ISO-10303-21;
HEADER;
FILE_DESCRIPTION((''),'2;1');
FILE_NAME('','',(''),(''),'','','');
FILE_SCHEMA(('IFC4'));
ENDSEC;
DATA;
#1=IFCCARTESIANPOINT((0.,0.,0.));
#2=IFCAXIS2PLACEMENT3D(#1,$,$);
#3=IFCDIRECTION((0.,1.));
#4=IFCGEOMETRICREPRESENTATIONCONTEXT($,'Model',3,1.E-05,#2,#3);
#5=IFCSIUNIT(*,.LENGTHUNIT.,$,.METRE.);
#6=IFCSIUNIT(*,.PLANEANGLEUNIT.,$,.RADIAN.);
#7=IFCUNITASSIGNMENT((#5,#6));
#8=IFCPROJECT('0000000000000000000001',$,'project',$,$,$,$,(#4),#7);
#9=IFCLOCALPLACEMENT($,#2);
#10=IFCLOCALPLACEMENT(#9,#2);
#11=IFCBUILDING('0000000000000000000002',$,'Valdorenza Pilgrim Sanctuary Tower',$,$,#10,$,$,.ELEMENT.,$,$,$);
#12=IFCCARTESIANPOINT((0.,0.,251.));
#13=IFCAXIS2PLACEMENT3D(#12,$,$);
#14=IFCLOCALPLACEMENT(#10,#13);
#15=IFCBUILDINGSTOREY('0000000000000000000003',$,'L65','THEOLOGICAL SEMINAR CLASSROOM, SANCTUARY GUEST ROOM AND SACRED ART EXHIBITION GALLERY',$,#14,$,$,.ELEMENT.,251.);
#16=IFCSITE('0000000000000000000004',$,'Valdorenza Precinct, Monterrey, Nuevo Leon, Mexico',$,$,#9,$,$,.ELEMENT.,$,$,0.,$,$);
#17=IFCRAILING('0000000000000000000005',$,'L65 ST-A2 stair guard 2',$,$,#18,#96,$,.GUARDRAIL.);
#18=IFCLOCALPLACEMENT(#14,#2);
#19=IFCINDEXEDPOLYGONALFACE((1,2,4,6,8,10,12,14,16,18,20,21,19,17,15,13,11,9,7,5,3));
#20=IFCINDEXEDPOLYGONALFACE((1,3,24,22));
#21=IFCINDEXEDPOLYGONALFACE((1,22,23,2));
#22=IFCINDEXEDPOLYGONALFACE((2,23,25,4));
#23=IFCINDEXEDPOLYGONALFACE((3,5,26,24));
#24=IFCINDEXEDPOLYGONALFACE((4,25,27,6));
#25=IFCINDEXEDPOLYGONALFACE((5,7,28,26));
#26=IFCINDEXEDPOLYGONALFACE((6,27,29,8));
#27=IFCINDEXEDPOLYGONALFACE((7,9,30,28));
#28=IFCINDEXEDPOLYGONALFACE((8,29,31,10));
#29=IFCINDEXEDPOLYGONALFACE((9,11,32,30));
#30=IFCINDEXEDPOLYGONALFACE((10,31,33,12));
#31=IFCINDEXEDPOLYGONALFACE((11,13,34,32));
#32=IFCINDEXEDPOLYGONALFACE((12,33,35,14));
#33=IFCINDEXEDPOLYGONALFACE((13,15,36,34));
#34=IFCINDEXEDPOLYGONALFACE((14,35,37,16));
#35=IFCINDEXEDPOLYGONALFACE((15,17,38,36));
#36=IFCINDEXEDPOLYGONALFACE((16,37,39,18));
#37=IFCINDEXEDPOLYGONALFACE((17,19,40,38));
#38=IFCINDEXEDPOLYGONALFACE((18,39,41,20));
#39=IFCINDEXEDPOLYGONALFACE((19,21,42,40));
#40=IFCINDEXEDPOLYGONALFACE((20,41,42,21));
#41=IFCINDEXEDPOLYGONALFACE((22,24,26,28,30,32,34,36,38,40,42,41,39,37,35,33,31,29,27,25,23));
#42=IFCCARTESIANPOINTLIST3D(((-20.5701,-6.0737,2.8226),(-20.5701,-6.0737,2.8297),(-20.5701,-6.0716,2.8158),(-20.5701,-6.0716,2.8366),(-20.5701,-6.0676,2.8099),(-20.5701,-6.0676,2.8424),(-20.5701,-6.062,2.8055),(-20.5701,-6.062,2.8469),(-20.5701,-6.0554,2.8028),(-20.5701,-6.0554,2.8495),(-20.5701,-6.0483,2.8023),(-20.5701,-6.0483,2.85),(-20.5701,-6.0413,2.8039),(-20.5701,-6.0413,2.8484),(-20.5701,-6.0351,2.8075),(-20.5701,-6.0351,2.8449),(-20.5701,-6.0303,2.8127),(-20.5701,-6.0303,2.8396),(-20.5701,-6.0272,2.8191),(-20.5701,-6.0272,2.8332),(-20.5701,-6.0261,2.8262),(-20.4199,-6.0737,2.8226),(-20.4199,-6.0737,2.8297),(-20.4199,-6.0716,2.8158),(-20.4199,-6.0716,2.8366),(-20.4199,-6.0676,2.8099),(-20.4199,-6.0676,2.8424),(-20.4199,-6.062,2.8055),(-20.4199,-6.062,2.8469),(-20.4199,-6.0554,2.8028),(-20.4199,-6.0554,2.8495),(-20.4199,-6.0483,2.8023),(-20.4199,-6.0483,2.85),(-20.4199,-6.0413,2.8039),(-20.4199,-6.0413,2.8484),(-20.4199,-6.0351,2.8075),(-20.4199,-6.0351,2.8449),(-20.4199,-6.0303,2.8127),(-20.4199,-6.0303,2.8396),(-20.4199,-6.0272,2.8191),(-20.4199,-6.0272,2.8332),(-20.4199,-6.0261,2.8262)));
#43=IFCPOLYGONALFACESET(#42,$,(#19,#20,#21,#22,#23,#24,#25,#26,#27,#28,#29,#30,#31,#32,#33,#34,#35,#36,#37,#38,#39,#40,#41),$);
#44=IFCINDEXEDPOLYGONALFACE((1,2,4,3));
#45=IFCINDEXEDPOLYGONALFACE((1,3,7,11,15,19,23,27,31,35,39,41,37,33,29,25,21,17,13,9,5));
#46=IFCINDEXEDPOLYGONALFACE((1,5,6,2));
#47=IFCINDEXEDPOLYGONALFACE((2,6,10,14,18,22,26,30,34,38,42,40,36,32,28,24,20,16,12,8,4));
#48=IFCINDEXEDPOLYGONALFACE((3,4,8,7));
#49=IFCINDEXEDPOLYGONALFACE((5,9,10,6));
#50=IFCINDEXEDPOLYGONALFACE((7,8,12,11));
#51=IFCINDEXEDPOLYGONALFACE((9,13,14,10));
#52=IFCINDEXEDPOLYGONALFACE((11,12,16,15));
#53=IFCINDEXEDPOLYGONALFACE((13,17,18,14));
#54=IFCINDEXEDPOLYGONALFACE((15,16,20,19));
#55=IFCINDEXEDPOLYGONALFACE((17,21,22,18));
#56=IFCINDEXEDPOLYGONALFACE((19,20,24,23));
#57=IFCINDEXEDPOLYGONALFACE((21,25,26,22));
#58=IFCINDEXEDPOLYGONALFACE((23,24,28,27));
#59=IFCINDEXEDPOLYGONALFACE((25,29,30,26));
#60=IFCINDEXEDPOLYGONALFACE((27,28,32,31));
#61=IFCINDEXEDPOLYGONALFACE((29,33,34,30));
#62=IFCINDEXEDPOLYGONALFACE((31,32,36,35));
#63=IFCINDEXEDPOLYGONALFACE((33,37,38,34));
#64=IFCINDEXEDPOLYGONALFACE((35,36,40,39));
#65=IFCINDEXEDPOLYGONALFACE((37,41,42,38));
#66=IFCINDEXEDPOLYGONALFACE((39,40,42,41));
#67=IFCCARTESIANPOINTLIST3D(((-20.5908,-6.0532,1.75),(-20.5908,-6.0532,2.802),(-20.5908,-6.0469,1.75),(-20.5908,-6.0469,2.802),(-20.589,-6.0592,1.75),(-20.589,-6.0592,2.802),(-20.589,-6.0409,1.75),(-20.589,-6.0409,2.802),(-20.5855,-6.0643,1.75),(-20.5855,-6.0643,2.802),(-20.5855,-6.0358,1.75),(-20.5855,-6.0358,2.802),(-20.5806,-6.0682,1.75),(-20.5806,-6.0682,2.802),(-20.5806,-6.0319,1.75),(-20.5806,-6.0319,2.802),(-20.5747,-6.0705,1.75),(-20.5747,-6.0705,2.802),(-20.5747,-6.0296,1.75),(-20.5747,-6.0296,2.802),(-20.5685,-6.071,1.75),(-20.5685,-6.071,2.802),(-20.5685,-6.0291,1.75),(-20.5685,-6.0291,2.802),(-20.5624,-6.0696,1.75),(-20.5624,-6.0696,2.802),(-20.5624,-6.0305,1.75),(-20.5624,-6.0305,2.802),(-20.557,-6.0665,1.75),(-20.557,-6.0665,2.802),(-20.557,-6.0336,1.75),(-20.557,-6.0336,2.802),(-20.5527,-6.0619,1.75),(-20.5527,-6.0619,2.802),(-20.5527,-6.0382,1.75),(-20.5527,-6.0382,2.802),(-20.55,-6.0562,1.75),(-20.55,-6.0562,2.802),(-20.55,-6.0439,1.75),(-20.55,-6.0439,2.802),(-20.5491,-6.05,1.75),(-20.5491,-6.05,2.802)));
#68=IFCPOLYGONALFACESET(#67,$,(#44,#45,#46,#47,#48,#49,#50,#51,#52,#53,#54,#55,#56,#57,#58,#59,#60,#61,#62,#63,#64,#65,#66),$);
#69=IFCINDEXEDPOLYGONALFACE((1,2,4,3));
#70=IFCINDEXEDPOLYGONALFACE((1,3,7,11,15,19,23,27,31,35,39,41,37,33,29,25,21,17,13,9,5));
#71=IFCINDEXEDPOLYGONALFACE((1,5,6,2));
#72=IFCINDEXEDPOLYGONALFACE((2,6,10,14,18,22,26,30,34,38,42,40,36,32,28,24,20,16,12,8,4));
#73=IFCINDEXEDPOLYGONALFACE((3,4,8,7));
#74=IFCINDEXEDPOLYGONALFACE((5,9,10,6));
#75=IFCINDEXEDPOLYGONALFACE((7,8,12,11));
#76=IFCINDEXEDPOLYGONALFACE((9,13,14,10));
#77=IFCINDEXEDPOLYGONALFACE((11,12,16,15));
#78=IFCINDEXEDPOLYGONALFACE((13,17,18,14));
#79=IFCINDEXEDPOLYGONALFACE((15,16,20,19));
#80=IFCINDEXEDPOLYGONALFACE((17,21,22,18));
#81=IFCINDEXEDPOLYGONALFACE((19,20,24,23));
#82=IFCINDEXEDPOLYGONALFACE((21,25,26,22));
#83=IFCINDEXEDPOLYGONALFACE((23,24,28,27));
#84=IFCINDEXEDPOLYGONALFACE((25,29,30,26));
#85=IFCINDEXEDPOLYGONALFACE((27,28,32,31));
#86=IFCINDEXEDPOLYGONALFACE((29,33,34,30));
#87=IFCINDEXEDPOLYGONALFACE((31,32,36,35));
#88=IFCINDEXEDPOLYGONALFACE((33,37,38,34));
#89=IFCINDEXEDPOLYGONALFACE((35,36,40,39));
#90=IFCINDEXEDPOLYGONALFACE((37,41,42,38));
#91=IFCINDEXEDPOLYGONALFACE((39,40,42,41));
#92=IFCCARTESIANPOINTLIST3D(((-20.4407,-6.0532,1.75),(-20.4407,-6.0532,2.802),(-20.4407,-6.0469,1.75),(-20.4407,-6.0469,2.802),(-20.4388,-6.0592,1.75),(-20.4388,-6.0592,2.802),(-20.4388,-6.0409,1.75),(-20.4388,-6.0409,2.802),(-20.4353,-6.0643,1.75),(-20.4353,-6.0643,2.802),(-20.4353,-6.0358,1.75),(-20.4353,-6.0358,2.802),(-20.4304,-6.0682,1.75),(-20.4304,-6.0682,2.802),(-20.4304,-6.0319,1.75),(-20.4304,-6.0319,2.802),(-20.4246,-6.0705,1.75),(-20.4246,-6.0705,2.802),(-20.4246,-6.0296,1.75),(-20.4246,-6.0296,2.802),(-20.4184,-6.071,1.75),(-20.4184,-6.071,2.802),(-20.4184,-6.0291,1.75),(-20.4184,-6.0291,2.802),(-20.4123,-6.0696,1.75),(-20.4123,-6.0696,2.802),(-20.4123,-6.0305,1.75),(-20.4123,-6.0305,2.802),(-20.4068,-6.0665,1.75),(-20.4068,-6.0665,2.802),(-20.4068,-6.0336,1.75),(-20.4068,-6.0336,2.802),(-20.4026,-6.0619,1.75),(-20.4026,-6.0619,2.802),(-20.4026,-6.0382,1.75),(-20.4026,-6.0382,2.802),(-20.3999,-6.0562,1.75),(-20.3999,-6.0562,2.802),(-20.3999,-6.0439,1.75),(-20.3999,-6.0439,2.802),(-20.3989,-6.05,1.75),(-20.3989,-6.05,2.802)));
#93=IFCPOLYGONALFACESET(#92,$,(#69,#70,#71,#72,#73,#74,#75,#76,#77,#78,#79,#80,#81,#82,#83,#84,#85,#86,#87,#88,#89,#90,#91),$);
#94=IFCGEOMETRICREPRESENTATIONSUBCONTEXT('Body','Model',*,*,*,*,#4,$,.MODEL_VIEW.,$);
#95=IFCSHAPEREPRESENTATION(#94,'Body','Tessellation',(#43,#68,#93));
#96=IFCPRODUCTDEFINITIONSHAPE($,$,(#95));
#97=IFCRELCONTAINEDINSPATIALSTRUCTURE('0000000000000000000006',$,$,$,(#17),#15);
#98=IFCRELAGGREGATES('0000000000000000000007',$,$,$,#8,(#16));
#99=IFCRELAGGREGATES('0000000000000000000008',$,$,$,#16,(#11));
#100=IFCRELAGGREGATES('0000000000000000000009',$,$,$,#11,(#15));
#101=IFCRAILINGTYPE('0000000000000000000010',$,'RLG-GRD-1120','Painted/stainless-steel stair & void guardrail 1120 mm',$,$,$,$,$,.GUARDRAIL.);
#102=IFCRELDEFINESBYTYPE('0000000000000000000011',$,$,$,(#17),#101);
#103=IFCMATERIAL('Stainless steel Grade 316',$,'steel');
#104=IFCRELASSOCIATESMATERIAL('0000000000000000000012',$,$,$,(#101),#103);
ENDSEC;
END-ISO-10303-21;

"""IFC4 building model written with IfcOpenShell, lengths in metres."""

from ifc_helpers import new_model, si_unit, direction, frame, origin, origin_2d, place, context, subcontext, project, spatial, circle, extrude, material, type_object, element, save


model = new_model("IFC4")

# Units and contexts
model_context = context("Model", 3, precision=1e-05, world=origin(), true_north=direction((0.0, 1.0)))
body_context = subcontext(model_context, "Body", "Model", "MODEL_VIEW")
ifc_project = project(units=[si_unit("LENGTHUNIT", "METRE"), si_unit("PLANEANGLEUNIT", "RADIAN")], contexts=[model_context])

# Site, building, storey
site_placement = place(None, origin())
site = spatial("IfcSite", under=ifc_project, at=site_placement, Name="Valdorenza Precinct, Monterrey, Nuevo Leon, Mexico", CompositionType="ELEMENT", RefElevation=0.0)
building_placement = place(site_placement, origin())
building = spatial("IfcBuilding", under=site, at=building_placement, Name="Valdorenza Pilgrim Sanctuary Tower", CompositionType="ELEMENT")
storey_placement = place(building_placement, frame((0.0, 0.0, 251.0)))
storey = spatial("IfcBuildingStorey", under=building, at=storey_placement, Name="L65", Description="THEOLOGICAL SEMINAR CLASSROOM, SANCTUARY GUEST ROOM AND SACRED ART EXHIBITION GALLERY", CompositionType="ELEMENT", Elevation=251.0)

# Railing
ifc_material_1 = material(Name="Stainless steel Grade 316", Category="steel")
railing_type_1 = type_object("IfcRailingType", Name="RLG-GRD-1120", Description="Painted/stainless-steel stair & void guardrail 1120 mm", PredefinedType="GUARDRAIL", material=ifc_material_1)
railing_1_placement = place(storey_placement, frame((-20.5701, -6.05, 1.75)))
element("IfcRailing", 1, at=railing_1_placement, inside=storey, type_object=railing_type_1, Name="L65 ST-A2 stair guard 2", PredefinedType="GUARDRAIL", context=body_context, shape_type="SweptSolid", body=[
    extrude(circle(Radius=0.0239, at=origin_2d()), frame((0.0, 0.0, 1.0762), z_axis=(1.0, 0.0, 0.0), x_axis=(0.0, 1.0, 0.0)), (0.0, 0.0, 1.0), 0.1501),
    extrude(circle(Radius=0.021, at=origin_2d()), origin(), (0.0, 0.0, 1.0), 1.052),
    extrude(circle(Radius=0.021, at=origin_2d()), frame((0.1501, 0.0, 0.0)), (0.0, 0.0, 1.0), 1.052),
])

save(model, "model.ifc")
